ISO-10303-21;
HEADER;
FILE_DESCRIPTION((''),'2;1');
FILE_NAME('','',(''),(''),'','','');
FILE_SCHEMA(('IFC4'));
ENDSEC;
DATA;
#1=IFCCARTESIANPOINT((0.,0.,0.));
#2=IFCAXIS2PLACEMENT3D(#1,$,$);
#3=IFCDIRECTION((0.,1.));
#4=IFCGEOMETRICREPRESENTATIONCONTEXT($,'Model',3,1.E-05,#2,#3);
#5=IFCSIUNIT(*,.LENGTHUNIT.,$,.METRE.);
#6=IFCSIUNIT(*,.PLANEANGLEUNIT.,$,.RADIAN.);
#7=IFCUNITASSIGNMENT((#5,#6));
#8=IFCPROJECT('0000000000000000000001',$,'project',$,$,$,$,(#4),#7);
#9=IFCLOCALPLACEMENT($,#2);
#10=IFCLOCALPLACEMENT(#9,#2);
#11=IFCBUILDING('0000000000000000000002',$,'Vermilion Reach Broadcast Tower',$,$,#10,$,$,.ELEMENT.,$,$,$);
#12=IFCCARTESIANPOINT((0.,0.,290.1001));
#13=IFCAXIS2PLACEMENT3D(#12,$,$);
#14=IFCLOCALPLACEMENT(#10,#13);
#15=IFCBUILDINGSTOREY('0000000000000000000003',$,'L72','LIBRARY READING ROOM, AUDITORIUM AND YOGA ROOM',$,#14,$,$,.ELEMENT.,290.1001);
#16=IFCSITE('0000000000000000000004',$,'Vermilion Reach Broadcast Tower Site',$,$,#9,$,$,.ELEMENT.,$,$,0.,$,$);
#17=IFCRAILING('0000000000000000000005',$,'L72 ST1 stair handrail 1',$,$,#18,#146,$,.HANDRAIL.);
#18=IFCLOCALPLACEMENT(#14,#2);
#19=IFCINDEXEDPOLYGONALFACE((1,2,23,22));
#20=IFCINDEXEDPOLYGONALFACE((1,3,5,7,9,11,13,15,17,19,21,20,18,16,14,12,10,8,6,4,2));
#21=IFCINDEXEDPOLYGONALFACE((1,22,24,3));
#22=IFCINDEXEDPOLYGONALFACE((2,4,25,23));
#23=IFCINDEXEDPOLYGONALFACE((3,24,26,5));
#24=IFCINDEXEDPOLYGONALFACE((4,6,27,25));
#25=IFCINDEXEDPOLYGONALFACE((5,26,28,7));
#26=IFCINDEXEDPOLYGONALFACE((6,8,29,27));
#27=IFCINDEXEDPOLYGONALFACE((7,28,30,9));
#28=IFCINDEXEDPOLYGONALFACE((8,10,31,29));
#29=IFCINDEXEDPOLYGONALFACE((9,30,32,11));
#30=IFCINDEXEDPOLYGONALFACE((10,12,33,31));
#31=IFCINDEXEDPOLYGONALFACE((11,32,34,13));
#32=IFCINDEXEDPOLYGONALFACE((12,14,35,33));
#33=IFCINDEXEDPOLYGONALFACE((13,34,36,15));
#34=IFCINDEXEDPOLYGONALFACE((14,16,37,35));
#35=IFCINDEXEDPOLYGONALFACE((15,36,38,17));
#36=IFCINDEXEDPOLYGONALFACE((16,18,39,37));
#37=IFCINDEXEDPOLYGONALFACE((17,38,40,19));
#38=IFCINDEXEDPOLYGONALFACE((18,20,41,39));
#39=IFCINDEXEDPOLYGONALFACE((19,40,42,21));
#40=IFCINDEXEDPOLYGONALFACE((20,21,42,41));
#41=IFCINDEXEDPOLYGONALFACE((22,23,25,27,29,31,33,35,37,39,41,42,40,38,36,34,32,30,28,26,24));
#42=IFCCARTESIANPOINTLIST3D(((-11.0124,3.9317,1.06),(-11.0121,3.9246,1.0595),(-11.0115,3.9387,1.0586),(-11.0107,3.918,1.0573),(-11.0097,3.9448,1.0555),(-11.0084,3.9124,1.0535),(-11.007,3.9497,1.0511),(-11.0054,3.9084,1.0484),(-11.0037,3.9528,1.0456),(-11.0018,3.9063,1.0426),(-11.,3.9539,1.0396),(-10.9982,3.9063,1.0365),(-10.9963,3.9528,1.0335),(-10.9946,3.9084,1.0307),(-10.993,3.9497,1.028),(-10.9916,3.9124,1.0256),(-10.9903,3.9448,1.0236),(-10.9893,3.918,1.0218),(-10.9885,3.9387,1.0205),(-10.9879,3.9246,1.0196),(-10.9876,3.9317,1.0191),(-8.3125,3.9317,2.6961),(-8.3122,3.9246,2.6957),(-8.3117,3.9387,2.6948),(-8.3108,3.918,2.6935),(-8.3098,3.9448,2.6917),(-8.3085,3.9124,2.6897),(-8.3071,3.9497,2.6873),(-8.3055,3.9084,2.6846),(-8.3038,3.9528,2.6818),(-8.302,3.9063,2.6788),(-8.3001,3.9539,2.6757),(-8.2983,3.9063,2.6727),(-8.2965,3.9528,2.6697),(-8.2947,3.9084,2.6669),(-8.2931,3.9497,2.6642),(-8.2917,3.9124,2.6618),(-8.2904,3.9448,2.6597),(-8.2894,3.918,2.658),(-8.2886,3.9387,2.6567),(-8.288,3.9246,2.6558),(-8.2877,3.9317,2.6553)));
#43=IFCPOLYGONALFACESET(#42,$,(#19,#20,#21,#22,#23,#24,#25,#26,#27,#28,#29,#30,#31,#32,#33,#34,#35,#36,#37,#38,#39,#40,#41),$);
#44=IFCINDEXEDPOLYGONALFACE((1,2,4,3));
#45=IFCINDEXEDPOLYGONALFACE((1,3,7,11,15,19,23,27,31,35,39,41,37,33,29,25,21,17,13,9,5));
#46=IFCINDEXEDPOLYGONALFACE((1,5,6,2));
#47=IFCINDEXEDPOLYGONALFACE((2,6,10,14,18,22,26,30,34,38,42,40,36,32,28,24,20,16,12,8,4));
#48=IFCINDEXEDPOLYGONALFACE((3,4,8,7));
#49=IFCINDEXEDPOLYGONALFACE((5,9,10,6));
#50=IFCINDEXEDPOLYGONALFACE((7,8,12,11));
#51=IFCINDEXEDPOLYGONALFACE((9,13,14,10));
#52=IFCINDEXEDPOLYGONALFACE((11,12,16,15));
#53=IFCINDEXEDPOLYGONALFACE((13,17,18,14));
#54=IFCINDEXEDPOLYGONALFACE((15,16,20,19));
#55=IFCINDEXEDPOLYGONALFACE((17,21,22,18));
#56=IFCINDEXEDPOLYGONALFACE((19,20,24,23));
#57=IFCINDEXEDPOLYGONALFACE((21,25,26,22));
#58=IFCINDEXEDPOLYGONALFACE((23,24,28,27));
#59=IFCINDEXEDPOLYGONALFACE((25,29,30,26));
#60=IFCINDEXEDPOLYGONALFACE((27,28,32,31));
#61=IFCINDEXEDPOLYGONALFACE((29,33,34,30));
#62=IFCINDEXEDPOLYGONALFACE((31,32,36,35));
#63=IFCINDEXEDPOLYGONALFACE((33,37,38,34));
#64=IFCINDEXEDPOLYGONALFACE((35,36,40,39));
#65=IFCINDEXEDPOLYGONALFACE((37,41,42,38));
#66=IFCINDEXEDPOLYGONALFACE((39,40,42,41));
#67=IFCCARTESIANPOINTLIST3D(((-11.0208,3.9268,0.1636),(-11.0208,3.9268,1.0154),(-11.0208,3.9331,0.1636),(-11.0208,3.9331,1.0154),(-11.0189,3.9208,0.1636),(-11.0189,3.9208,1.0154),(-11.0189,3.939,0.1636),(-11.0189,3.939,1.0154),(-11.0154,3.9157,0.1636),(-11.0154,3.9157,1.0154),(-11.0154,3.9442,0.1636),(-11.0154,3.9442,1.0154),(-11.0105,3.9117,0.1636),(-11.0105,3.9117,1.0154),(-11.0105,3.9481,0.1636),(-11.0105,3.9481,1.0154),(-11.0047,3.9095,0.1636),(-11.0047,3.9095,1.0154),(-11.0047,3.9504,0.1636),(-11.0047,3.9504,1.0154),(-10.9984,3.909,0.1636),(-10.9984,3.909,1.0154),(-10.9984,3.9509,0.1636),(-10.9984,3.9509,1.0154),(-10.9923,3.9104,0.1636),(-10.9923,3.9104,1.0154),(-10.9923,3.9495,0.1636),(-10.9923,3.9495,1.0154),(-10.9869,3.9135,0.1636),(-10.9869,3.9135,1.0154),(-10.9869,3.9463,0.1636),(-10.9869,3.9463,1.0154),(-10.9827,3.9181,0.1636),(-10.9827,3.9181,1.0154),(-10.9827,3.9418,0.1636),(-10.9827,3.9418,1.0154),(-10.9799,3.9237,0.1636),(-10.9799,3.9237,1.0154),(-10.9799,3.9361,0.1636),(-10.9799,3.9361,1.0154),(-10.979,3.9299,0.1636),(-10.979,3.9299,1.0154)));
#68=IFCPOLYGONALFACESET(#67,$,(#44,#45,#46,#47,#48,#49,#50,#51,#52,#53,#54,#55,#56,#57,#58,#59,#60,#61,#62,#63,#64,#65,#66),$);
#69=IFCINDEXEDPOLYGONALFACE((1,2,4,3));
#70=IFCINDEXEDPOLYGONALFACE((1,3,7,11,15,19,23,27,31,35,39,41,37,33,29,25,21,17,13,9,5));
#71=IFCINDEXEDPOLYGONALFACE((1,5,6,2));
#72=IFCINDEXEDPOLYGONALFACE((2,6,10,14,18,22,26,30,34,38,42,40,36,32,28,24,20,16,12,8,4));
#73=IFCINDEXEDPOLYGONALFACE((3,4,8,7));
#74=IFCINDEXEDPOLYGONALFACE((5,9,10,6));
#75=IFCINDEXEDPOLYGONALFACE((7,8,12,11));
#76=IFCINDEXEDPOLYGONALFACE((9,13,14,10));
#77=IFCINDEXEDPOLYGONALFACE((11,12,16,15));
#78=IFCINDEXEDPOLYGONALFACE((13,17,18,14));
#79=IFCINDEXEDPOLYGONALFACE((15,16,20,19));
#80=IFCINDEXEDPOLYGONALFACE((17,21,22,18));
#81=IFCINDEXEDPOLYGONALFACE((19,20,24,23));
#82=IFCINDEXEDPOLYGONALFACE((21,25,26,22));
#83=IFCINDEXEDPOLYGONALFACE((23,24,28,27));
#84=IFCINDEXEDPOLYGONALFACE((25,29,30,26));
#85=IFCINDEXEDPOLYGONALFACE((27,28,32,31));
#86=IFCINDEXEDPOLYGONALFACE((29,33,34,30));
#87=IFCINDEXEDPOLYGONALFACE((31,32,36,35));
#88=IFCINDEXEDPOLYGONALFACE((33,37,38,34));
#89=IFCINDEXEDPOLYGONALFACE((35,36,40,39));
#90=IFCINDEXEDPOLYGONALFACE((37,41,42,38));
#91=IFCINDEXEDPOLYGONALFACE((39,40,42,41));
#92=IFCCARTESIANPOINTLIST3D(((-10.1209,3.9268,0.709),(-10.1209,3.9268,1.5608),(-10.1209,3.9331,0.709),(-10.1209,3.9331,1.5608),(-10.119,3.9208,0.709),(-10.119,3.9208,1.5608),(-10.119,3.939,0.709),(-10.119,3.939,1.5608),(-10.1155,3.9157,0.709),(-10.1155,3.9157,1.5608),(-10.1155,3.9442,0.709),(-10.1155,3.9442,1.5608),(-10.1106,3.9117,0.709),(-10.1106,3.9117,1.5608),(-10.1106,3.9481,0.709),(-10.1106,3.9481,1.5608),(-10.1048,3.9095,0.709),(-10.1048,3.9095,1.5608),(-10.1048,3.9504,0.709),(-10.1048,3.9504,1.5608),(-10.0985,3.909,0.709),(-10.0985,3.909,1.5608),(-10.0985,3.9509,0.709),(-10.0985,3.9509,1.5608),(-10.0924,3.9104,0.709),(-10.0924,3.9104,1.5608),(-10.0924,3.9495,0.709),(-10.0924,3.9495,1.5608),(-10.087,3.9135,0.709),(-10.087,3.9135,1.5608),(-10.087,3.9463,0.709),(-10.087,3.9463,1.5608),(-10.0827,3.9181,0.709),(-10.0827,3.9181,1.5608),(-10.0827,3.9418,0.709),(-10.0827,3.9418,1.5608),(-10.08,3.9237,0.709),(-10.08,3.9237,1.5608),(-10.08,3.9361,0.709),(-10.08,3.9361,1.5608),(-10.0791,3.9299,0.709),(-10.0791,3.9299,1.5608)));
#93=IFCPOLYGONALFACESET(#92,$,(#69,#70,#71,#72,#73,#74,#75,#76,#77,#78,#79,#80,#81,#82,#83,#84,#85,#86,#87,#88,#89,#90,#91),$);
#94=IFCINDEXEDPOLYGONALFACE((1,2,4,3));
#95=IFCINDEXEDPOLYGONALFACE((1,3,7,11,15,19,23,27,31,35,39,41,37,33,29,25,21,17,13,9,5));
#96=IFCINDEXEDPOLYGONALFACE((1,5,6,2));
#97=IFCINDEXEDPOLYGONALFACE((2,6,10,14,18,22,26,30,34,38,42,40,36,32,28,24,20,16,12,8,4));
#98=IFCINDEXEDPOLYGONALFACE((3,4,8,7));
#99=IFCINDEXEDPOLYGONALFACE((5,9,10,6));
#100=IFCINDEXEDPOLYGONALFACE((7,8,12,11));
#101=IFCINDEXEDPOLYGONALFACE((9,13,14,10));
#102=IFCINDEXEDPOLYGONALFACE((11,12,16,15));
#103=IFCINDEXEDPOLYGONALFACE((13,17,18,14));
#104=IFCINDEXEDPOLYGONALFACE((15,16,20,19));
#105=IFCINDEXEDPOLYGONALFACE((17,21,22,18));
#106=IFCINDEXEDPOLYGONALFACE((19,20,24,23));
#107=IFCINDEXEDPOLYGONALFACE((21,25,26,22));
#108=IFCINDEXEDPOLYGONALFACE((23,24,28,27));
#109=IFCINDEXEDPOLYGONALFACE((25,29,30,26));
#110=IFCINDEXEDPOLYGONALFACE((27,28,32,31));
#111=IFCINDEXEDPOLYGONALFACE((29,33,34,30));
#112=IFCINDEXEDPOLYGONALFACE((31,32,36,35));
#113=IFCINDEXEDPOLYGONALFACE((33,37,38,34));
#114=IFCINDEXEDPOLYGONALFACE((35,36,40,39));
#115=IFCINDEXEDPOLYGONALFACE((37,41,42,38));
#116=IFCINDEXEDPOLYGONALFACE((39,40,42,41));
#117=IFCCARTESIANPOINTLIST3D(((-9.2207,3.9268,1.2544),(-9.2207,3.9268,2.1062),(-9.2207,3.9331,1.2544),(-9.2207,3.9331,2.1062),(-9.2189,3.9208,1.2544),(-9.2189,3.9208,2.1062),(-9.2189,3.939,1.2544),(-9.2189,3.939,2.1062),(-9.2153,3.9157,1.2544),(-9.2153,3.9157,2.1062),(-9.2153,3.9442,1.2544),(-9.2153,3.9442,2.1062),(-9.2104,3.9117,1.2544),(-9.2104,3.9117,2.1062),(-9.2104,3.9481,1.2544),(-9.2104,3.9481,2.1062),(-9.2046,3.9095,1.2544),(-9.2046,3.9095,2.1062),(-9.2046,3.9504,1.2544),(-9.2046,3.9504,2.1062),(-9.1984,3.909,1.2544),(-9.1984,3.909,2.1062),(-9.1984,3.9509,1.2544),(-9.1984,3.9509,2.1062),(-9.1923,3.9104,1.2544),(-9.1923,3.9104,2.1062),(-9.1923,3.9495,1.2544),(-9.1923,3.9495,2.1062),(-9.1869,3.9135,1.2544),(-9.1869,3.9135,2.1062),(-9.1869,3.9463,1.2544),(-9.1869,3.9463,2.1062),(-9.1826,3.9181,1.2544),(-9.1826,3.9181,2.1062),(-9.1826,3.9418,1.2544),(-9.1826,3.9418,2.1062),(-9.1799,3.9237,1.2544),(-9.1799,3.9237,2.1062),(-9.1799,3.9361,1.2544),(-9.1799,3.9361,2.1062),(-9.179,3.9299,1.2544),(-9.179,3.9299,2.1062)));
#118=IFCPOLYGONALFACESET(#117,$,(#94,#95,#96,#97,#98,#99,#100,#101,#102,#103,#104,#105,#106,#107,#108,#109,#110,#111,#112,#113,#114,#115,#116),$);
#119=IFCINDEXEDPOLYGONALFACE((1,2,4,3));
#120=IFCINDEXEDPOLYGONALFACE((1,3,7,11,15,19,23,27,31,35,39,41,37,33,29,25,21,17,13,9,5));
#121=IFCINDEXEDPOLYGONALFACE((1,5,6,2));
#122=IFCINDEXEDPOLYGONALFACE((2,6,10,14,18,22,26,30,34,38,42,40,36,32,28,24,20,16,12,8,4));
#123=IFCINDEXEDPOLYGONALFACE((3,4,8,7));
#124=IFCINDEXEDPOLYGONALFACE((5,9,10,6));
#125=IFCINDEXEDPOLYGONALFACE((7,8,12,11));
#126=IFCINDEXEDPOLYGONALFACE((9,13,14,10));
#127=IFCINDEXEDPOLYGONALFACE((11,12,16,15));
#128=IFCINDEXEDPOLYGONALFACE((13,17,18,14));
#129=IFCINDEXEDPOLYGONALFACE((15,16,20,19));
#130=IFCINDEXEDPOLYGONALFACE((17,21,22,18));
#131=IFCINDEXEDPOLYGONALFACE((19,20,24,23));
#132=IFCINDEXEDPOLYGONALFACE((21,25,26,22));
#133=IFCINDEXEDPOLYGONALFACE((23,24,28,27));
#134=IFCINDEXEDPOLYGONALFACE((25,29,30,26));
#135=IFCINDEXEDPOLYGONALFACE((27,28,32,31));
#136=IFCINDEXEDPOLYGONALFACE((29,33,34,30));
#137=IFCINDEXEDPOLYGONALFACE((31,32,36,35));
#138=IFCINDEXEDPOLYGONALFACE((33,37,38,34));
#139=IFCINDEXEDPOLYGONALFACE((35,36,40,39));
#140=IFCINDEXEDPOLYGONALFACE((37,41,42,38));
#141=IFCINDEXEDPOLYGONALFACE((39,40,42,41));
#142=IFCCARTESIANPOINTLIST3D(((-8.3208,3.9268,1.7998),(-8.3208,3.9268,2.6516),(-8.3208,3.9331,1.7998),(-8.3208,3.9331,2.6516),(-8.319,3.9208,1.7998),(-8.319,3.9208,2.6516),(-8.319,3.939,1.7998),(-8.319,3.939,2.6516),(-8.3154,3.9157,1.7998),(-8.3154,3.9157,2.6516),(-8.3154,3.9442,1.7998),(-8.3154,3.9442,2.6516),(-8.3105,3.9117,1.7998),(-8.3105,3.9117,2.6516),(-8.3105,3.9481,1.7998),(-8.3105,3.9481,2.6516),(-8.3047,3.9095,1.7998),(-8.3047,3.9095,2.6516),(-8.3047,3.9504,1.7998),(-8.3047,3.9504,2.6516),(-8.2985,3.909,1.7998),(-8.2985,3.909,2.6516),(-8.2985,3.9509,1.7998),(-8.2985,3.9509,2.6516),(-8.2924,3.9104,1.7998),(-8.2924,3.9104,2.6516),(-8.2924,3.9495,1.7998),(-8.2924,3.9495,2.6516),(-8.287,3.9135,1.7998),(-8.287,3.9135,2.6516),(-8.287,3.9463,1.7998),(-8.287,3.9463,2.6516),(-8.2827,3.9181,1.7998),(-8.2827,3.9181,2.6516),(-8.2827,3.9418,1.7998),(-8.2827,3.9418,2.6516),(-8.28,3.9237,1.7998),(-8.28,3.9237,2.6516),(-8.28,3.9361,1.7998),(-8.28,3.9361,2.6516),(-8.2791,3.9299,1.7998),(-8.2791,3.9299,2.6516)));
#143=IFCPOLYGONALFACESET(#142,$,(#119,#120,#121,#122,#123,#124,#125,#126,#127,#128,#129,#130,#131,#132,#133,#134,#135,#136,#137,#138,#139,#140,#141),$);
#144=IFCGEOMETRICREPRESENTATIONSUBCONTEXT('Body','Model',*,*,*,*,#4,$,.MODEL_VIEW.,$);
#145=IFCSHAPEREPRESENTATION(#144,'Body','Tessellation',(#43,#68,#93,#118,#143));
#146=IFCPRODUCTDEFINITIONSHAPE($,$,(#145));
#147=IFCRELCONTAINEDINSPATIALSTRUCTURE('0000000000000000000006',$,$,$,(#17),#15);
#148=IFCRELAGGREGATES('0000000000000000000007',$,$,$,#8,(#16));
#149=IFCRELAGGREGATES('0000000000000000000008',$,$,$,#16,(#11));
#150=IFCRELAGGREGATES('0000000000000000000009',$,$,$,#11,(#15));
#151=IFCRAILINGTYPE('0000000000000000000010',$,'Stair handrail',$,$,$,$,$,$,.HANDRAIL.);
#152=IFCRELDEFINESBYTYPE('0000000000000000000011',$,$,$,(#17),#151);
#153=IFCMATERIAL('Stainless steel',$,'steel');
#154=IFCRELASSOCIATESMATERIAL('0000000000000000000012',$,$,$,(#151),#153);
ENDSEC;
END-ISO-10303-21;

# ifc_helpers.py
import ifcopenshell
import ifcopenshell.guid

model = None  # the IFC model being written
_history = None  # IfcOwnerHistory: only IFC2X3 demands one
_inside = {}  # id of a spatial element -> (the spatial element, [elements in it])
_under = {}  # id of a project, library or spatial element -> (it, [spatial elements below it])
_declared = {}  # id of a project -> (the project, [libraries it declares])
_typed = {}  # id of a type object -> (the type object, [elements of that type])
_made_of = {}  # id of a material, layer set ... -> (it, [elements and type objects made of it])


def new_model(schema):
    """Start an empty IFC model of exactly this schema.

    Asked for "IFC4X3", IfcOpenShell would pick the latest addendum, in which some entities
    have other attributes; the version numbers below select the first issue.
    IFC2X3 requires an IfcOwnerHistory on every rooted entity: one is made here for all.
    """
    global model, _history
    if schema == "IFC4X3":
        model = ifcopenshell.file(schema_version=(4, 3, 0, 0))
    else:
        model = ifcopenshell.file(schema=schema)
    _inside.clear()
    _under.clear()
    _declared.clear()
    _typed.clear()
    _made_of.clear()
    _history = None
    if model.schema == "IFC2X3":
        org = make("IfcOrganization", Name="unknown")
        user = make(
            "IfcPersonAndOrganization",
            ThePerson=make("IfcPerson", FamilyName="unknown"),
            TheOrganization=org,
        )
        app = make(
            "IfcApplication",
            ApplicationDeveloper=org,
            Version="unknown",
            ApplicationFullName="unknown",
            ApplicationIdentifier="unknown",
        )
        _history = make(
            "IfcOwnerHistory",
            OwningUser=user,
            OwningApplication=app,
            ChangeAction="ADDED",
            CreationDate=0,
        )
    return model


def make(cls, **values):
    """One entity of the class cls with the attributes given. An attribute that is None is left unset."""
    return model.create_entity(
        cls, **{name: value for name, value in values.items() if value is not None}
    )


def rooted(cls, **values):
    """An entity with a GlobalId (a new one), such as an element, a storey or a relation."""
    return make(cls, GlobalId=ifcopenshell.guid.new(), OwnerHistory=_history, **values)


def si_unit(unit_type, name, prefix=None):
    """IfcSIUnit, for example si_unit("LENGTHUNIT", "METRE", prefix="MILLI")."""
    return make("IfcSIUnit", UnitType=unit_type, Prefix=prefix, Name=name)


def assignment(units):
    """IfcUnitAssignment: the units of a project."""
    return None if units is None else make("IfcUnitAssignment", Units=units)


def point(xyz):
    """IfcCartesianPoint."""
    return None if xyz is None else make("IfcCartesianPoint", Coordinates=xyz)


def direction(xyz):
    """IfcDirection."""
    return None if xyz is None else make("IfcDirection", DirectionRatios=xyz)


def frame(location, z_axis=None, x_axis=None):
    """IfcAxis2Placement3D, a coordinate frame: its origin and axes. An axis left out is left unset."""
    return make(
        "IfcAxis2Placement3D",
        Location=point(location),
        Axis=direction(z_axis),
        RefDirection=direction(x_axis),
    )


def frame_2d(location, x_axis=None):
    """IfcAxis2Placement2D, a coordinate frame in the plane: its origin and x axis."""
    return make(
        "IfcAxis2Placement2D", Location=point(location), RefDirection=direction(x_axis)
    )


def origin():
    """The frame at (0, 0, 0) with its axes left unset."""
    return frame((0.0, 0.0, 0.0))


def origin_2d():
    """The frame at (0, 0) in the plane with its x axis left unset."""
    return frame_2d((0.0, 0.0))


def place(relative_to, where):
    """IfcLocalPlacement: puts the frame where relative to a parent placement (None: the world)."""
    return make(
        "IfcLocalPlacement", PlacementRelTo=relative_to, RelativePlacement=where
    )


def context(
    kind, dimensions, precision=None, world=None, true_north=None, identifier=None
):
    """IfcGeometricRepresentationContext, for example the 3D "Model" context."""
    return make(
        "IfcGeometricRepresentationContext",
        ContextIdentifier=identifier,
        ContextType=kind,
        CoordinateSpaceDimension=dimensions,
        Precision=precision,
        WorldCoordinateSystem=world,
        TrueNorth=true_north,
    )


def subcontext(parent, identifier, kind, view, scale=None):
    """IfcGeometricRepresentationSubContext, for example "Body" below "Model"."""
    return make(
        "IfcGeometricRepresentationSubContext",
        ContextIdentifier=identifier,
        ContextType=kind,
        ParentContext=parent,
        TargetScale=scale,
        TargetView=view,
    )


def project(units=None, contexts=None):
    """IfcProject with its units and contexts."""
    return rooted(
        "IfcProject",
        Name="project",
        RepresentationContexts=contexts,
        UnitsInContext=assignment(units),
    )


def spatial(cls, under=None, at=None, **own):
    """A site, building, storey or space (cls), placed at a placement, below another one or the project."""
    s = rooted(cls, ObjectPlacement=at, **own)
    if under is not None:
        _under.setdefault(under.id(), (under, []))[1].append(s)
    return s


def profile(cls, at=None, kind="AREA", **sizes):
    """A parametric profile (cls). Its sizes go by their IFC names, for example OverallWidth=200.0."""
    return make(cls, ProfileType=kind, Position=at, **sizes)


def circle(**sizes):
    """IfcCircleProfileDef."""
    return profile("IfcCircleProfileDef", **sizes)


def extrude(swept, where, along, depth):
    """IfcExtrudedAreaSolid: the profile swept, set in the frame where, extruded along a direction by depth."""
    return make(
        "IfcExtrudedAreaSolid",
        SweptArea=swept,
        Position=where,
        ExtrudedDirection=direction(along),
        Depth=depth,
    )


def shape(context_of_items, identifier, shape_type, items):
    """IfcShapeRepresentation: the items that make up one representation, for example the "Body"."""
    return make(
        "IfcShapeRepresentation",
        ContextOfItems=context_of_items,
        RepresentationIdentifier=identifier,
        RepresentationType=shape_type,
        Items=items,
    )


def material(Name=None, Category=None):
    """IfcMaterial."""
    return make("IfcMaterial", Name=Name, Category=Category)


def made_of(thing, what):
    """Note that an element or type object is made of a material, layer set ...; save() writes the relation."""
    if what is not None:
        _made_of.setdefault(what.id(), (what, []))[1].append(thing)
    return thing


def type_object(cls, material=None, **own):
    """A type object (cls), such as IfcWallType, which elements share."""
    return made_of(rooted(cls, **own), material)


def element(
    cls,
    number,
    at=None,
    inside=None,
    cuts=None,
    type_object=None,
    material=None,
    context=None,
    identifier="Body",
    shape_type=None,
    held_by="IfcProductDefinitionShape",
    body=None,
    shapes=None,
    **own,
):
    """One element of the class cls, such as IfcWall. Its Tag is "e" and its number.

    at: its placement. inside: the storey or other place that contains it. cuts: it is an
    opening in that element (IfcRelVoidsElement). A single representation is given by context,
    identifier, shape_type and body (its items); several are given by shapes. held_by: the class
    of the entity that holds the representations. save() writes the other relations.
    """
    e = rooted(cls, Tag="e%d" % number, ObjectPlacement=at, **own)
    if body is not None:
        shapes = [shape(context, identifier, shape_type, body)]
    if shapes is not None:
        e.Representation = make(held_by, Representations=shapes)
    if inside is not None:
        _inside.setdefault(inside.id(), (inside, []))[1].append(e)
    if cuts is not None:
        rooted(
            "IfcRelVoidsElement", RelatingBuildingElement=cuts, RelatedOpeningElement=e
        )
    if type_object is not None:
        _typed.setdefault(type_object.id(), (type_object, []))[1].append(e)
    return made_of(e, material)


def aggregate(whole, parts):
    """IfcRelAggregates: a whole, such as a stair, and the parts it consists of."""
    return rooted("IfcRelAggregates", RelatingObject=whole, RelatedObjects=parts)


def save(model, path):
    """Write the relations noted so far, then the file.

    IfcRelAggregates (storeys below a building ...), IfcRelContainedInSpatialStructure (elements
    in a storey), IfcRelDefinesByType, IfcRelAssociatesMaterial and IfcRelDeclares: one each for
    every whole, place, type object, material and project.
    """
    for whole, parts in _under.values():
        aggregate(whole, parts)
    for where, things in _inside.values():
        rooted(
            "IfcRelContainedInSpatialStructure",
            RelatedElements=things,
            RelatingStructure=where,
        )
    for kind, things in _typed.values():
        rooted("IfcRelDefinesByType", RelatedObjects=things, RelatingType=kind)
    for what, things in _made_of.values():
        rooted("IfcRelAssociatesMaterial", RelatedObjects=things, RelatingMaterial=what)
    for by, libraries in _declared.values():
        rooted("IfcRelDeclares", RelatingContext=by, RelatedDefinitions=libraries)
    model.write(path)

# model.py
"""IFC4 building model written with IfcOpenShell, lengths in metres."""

from ifc_helpers import new_model, si_unit, direction, frame, origin, origin_2d, place, context, subcontext, project, spatial, circle, extrude, material, type_object, element, save


model = new_model("IFC4")

# Units and contexts
model_context = context("Model", 3, precision=1e-05, world=origin(), true_north=direction((0.0, 1.0)))
body_context = subcontext(model_context, "Body", "Model", "MODEL_VIEW")
ifc_project = project(units=[si_unit("LENGTHUNIT", "METRE"), si_unit("PLANEANGLEUNIT", "RADIAN")], contexts=[model_context])

# Site, building, storey
site_placement = place(None, origin())
site = spatial("IfcSite", under=ifc_project, at=site_placement, Name="Vermilion Reach Broadcast Tower Site", CompositionType="ELEMENT", RefElevation=0.0)
building_placement = place(site_placement, origin())
building = spatial("IfcBuilding", under=site, at=building_placement, Name="Vermilion Reach Broadcast Tower", CompositionType="ELEMENT")
storey_placement = place(building_placement, frame((0.0, 0.0, 290.1001)))
storey = spatial("IfcBuildingStorey", under=building, at=storey_placement, Name="L72", Description="LIBRARY READING ROOM, AUDITORIUM AND YOGA ROOM", CompositionType="ELEMENT", Elevation=290.1001)

# Railing
ifc_material_1 = material(Name="Stainless steel", Category="steel")
railing_type_1 = type_object("IfcRailingType", Name="Stair handrail", PredefinedType="HANDRAIL", material=ifc_material_1)
railing_1_placement = place(storey_placement, frame((-11.0, 3.9299, 0.1636)))
element("IfcRailing", 1, at=railing_1_placement, inside=storey, type_object=railing_type_1, Name="L72 ST1 stair handrail 1", PredefinedType="HANDRAIL", context=body_context, shape_type="SweptSolid", body=[
    extrude(circle(Radius=0.0239, at=origin_2d()), frame((0.0, 0.0, 0.876), z_axis=(0.855212, 0.0, 0.518278), x_axis=(0.0, 1.0, 0.0)), (0.0, 0.0, 1.0), 3.157),
    extrude(circle(Radius=0.021, at=origin_2d()), origin(), (0.0, 0.0, 1.0), 0.8518),
    extrude(circle(Radius=0.021, at=origin_2d()), frame((0.8999, 0.0, 0.5454)), (0.0, 0.0, 1.0), 0.8518),
    extrude(circle(Radius=0.021, at=origin_2d()), frame((1.8, 0.0, 1.0908)), (0.0, 0.0, 1.0), 0.8518),
    extrude(circle(Radius=0.021, at=origin_2d()), frame((2.7, 0.0, 1.6362)), (0.0, 0.0, 1.0), 0.8518),
])

save(model, "model.ifc")
